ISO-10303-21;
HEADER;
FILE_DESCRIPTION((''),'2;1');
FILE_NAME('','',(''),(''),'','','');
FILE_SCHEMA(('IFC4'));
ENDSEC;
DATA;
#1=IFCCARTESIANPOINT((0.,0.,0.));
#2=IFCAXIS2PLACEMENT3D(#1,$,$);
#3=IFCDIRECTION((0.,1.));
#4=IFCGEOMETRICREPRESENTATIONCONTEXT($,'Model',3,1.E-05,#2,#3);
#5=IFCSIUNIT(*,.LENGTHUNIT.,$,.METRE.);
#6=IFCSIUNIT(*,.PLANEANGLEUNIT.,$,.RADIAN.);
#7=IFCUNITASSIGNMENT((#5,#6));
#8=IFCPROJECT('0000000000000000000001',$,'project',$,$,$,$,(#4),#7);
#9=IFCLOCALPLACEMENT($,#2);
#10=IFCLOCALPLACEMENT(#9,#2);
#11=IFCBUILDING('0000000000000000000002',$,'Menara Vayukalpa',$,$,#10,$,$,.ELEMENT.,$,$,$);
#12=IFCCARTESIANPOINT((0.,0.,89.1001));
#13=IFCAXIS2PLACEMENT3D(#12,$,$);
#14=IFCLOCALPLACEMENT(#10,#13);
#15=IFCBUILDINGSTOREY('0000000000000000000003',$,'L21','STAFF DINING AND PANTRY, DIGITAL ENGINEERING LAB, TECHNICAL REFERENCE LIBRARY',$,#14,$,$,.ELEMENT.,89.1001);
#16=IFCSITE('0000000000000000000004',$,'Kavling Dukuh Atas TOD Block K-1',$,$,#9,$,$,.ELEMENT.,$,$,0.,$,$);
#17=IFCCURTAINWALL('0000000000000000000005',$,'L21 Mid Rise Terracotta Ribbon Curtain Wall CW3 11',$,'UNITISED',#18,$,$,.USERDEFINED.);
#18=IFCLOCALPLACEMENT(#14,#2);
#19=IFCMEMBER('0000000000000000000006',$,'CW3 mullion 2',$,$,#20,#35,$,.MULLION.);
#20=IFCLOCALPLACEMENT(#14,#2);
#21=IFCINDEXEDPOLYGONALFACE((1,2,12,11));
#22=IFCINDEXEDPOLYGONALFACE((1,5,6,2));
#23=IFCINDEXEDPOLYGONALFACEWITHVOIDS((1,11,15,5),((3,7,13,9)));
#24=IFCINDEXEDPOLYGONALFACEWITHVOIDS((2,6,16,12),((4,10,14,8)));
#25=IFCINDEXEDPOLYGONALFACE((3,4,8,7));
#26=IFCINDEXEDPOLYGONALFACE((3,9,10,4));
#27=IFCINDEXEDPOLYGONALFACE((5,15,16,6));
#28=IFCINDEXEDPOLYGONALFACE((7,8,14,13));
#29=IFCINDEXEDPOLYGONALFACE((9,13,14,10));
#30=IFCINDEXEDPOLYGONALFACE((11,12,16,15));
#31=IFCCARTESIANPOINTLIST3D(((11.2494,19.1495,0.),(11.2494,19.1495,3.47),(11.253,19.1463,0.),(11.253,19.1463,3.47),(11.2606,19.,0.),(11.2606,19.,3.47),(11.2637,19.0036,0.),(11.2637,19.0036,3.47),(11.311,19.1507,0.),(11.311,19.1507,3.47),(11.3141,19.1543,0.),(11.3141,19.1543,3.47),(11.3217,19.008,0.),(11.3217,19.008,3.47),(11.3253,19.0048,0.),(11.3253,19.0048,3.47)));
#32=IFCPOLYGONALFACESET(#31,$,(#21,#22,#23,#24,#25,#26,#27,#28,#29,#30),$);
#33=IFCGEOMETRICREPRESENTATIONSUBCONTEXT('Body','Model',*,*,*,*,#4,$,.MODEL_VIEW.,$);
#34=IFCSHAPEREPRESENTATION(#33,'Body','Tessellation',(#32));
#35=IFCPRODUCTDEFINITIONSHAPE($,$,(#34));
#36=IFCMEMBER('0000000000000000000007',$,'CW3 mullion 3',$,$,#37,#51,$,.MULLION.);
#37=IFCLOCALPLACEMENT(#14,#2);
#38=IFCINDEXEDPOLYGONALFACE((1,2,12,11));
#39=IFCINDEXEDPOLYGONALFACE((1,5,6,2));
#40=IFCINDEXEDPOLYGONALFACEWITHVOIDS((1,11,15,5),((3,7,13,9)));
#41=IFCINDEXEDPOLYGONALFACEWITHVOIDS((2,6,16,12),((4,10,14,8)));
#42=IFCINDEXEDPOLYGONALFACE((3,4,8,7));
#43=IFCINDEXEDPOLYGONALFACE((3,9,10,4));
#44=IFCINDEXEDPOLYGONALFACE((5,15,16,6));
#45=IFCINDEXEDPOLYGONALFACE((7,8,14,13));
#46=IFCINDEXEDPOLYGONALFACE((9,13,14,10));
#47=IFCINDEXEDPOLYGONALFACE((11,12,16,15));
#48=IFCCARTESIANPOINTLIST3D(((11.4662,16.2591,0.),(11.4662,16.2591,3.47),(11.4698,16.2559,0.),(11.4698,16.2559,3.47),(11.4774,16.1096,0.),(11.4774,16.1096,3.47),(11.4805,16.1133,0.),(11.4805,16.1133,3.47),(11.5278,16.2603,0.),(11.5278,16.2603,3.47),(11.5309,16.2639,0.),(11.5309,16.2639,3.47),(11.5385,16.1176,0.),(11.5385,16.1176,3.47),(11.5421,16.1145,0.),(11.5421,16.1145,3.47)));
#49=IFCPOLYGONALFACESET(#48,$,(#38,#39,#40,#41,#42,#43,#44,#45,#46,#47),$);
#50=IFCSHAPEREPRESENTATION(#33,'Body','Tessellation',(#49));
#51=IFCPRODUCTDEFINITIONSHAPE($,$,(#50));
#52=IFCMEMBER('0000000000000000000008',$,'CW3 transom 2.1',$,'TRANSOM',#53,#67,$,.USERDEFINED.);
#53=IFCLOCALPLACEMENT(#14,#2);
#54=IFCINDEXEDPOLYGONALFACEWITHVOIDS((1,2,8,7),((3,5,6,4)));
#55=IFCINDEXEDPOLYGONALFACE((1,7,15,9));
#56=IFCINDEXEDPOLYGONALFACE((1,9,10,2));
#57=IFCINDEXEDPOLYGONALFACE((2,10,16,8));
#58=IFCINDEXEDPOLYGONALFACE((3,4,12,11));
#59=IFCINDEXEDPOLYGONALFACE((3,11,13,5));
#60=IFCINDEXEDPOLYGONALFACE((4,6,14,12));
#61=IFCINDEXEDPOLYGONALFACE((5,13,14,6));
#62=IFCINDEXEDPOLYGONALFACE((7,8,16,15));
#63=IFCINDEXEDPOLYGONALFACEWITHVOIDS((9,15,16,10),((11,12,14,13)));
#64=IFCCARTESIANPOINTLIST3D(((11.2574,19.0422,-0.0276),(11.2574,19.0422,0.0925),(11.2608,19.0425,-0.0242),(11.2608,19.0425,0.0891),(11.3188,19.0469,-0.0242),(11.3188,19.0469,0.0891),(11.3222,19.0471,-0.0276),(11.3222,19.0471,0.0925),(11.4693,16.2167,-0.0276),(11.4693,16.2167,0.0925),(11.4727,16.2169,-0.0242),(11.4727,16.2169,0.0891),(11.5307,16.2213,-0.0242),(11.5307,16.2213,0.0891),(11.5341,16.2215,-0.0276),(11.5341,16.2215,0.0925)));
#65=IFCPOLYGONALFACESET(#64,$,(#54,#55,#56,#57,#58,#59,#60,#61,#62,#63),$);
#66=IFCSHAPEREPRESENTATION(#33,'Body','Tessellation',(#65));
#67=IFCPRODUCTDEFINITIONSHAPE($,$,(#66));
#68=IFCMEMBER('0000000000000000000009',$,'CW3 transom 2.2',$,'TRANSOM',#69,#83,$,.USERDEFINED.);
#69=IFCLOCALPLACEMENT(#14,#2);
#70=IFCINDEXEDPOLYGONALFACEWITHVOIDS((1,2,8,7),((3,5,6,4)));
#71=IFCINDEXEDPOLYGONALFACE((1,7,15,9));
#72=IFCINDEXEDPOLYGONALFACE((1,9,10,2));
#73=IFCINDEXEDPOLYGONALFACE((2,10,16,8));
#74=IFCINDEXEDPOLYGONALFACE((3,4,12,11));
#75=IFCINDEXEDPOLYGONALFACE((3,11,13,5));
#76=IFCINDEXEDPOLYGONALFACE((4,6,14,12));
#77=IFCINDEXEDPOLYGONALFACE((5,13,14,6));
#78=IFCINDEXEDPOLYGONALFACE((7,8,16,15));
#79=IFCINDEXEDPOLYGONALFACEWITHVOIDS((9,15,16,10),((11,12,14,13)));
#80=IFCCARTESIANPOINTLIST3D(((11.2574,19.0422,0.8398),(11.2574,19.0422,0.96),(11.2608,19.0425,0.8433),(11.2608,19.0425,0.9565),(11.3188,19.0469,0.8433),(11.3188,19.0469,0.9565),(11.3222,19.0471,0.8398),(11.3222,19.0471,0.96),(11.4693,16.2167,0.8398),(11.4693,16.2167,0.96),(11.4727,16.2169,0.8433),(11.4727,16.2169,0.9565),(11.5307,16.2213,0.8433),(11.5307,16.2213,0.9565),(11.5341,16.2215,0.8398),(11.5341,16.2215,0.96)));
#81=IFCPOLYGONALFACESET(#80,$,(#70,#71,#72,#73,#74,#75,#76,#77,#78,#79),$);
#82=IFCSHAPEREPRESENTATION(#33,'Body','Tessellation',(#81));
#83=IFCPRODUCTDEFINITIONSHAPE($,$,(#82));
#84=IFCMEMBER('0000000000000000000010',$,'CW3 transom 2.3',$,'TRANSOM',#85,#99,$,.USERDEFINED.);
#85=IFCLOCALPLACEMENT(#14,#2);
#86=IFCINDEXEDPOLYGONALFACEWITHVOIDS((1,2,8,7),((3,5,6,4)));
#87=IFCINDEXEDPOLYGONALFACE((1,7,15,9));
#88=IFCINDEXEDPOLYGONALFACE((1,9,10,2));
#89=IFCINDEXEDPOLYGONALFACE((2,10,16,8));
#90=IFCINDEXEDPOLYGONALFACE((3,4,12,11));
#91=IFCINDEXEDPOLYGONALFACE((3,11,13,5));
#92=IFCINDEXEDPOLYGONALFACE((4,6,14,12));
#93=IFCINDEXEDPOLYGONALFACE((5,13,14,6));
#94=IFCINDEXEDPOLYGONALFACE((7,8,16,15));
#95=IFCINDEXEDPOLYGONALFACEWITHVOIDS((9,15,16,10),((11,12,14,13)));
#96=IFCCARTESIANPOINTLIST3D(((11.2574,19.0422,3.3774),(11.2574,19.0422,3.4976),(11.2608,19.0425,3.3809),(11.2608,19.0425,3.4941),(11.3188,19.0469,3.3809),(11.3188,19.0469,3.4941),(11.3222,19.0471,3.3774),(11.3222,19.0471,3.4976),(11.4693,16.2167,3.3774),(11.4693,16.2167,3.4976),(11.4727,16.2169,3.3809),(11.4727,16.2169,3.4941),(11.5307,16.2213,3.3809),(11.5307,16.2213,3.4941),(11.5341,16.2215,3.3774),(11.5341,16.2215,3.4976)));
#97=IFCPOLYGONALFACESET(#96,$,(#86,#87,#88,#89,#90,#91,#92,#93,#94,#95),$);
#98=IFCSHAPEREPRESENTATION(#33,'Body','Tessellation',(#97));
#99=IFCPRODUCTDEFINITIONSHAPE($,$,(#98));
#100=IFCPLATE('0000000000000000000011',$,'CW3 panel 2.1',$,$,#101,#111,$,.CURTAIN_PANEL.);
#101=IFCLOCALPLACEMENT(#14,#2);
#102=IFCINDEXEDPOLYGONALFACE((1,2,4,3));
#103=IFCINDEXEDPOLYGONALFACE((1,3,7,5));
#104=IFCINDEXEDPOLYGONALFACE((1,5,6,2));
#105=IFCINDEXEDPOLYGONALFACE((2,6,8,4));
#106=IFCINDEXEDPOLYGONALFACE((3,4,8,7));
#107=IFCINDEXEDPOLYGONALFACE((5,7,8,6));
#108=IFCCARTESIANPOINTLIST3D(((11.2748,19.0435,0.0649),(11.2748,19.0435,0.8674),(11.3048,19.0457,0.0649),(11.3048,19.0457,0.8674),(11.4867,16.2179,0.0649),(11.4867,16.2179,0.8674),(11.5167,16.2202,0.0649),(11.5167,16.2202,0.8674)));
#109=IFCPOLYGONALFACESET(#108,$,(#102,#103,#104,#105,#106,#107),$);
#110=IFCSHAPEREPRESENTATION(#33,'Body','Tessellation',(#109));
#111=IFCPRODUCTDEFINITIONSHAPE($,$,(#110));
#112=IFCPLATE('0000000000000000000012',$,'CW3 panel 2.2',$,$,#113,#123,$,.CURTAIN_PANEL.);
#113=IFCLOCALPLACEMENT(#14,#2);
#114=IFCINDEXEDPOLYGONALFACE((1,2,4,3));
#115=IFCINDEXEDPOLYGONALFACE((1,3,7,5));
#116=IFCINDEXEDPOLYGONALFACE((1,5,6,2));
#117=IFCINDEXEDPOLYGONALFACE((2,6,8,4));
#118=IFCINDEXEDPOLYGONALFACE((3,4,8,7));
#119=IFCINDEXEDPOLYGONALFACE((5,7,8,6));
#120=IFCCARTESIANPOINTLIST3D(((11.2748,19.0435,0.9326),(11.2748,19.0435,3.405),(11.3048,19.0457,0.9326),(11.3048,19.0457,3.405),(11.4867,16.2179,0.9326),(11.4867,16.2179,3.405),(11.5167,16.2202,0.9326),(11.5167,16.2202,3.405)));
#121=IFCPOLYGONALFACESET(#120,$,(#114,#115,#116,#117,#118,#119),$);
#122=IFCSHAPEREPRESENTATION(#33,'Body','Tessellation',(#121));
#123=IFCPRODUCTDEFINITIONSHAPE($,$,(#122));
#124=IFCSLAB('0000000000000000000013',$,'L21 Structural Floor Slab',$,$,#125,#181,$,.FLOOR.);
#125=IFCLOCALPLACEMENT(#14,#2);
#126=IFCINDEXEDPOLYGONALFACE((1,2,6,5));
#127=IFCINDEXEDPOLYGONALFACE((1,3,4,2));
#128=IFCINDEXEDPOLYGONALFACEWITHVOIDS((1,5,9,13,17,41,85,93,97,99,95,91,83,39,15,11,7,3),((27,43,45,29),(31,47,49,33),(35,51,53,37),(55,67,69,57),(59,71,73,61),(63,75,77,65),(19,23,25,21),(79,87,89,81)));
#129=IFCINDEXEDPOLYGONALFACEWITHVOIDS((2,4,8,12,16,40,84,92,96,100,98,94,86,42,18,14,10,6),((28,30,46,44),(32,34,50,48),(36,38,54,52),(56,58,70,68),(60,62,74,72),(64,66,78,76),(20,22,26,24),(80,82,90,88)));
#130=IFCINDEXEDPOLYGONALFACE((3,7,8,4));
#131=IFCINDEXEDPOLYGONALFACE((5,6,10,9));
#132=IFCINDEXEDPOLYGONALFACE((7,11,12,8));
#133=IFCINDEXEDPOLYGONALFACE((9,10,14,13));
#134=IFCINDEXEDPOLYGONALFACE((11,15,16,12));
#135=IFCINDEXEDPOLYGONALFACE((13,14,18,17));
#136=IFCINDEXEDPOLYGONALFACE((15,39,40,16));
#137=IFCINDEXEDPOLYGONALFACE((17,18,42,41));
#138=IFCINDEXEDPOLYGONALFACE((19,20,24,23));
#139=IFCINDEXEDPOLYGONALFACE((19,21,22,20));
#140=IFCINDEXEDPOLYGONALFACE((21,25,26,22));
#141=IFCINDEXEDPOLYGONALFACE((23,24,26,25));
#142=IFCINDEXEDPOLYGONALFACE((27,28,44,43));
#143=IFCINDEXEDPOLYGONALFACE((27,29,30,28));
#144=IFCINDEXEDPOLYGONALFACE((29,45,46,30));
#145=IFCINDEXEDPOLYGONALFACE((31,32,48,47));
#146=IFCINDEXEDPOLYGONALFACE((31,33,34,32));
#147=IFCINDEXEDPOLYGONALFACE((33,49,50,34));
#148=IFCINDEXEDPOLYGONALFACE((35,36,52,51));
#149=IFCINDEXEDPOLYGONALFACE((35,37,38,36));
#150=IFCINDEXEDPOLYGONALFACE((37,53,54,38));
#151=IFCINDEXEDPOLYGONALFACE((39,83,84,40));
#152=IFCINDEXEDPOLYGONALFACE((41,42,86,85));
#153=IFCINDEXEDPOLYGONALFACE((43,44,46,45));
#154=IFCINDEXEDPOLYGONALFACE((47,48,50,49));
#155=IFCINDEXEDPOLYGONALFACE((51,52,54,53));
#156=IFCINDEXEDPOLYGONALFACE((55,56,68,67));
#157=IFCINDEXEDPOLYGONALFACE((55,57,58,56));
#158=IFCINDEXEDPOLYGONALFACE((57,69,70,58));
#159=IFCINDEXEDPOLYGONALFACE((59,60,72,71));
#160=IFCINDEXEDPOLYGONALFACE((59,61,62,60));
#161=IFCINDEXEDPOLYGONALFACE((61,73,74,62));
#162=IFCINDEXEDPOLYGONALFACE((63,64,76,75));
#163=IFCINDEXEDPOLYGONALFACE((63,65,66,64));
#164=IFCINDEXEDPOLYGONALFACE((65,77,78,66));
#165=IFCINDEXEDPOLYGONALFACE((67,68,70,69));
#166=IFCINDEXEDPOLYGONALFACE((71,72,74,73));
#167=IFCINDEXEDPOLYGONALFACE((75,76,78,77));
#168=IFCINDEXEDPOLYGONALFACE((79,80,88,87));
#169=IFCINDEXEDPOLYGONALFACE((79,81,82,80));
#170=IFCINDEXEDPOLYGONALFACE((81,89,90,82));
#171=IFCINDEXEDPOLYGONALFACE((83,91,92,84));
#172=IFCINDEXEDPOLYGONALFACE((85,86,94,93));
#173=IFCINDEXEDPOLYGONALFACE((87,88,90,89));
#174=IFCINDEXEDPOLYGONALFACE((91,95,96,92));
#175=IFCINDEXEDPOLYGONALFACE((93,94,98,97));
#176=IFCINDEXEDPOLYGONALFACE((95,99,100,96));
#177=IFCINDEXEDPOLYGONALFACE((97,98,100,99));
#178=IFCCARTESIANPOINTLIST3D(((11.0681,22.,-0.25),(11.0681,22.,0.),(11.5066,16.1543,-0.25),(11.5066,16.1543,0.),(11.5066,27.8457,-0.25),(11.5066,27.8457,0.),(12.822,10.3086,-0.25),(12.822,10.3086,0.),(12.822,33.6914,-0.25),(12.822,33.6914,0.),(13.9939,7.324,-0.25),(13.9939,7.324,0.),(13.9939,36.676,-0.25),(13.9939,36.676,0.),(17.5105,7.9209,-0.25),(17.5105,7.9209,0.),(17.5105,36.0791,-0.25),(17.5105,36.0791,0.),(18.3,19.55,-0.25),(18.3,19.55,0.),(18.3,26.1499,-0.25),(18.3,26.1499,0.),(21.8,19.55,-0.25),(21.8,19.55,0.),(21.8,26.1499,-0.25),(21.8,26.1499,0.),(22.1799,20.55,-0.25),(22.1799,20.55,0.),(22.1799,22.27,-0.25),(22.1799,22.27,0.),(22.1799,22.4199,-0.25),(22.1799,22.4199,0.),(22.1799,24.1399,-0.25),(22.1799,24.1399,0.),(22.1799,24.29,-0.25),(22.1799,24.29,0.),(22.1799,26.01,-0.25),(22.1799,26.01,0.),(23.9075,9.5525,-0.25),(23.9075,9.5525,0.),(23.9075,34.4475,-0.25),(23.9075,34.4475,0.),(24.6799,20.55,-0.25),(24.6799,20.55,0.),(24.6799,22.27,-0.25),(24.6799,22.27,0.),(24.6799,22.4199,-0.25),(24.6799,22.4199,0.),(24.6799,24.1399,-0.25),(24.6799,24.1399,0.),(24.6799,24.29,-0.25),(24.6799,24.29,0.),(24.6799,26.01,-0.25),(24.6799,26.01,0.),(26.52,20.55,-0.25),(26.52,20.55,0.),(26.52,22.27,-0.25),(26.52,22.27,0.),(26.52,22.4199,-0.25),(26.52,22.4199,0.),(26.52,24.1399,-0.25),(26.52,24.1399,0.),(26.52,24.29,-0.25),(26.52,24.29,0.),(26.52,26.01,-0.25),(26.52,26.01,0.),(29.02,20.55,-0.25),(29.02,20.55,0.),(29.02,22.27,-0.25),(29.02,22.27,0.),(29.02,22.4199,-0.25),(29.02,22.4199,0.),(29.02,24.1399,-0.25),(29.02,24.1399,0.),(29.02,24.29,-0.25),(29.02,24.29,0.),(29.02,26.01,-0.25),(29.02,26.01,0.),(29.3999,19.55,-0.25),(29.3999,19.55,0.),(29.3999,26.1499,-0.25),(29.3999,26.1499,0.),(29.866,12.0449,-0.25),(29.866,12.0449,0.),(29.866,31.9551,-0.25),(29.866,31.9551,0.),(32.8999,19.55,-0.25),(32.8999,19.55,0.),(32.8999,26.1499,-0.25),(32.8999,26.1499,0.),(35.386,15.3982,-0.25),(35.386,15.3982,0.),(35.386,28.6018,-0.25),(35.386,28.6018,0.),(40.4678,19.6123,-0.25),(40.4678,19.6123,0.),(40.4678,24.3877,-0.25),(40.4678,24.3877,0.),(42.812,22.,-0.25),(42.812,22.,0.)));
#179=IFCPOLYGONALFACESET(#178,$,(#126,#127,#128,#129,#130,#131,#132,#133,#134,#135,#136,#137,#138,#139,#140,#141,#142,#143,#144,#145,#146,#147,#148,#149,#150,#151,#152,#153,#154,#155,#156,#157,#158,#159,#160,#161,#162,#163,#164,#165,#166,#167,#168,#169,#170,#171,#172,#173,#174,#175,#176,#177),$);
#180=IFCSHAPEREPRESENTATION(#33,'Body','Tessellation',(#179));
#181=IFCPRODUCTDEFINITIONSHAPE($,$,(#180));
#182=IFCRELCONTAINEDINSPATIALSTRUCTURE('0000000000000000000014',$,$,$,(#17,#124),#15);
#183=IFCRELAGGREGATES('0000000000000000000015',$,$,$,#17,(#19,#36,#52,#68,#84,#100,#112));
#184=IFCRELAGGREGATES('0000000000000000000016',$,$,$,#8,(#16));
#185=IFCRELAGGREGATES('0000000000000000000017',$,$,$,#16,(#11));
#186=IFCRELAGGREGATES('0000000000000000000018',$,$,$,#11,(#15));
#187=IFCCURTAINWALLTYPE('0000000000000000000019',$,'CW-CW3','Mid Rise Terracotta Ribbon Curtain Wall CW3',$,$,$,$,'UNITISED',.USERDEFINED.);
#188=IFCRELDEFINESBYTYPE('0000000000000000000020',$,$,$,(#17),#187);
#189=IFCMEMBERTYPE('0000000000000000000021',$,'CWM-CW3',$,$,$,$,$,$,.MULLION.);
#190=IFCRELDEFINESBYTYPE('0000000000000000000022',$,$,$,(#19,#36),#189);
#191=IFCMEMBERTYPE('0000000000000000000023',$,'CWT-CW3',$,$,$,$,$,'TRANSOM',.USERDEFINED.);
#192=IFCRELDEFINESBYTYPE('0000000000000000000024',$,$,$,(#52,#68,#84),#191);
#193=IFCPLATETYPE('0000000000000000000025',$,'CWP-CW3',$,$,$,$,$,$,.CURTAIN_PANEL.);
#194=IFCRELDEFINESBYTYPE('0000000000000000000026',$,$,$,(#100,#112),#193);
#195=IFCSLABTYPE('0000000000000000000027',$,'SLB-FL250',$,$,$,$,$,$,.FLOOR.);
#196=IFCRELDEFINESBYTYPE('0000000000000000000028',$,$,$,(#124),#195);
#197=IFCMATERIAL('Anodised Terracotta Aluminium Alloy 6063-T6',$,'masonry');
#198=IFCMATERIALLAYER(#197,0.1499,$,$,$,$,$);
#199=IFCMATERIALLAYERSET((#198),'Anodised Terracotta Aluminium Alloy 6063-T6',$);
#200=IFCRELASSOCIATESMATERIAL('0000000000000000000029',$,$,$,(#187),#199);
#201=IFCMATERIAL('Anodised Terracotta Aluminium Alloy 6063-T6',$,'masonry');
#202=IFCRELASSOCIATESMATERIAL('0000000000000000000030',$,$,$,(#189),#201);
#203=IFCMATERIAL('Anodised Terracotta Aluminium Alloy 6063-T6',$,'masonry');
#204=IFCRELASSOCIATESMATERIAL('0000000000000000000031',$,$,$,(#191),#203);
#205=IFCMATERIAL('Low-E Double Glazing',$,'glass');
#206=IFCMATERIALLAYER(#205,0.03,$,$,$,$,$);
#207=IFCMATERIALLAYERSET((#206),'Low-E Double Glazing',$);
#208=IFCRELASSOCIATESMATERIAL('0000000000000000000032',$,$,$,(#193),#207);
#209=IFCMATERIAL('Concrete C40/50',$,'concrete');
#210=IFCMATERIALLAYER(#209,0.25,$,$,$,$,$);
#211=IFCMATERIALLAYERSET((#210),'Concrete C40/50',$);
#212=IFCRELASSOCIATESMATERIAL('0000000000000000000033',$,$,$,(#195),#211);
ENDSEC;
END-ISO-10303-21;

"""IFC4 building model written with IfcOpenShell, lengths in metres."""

from ifc_helpers import new_model, si_unit, direction, frame, origin, origin_2d, place, context, subcontext, project, spatial, polyline, rectangle, hollow_rectangle, outline, extrude, material, layer, layer_set, material_profile, profile_set, type_object, element, aggregate, save


model = new_model("IFC4")

# Units and contexts
model_context = context("Model", 3, precision=1e-05, world=origin(), true_north=direction((0.0, 1.0)))
body_context = subcontext(model_context, "Body", "Model", "MODEL_VIEW")
ifc_project = project(units=[si_unit("LENGTHUNIT", "METRE"), si_unit("PLANEANGLEUNIT", "RADIAN")], contexts=[model_context])

# Site, building, storey
site_placement = place(None, origin())
site = spatial("IfcSite", under=ifc_project, at=site_placement, Name="Kavling Dukuh Atas TOD Block K-1", CompositionType="ELEMENT", RefElevation=0.0)
building_placement = place(site_placement, origin())
building = spatial("IfcBuilding", under=site, at=building_placement, Name="Menara Vayukalpa", CompositionType="ELEMENT")
storey_placement = place(building_placement, frame((0.0, 0.0, 89.1001)))
storey = spatial("IfcBuildingStorey", under=building, at=storey_placement, Name="L21", Description="STAFF DINING AND PANTRY, DIGITAL ENGINEERING LAB, TECHNICAL REFERENCE LIBRARY", CompositionType="ELEMENT", Elevation=89.1001)

# Curtain wall, members, plates
ifc_material_1 = material(Name="Anodised Terracotta Aluminium Alloy 6063-T6", Category="masonry")
ifc_layer_1 = layer(ifc_material_1, 0.1499)
ifc_layer_set_1 = layer_set([ifc_layer_1], Name="Anodised Terracotta Aluminium Alloy 6063-T6")
curtain_wall_type = type_object("IfcCurtainWallType", Name="CW-CW3", Description="Mid Rise Terracotta Ribbon Curtain Wall CW3", ElementType="UNITISED", PredefinedType="USERDEFINED", material=ifc_layer_set_1)
curtain_wall_placement = place(storey_placement, origin())
curtain_wall = element("IfcCurtainWall", 1, at=curtain_wall_placement, inside=storey, type_object=curtain_wall_type, Name="L21 Mid Rise Terracotta Ribbon Curtain Wall CW3 11", ObjectType="UNITISED", PredefinedType="USERDEFINED")
ifc_material_2 = material(Name="Anodised Terracotta Aluminium Alloy 6063-T6", Category="masonry")
ifc_material_profile_1 = material_profile(ifc_material_2, hollow_rectangle(XDim=0.0649, YDim=0.1499, WallThickness=0.0034, at=origin_2d()), Name="ALU 65x150x3.5")
ifc_profile_set_1 = profile_set([ifc_material_profile_1], Name="Anodised Terracotta Aluminium Alloy 6063-T6")
member_type_1 = type_object("IfcMemberType", Name="CWM-CW3", PredefinedType="MULLION", material=ifc_profile_set_1)
member_1_placement = place(storey_placement, frame((11.2874, 19.0771, 0.0), z_axis=(0.0, 0.0, 1.0), x_axis=(0.9972, 0.074785, 0.0)))
member_1 = element("IfcMember", 2, at=member_1_placement, type_object=member_type_1, Name="CW3 mullion 2", PredefinedType="MULLION", context=body_context, shape_type="SweptSolid", body=[
    extrude(hollow_rectangle(XDim=0.0649, YDim=0.1499, WallThickness=0.0034, at=origin_2d()), origin(), (0.0, 0.0, 1.0), 3.47),
])
member_2_placement = place(storey_placement, frame((11.5042, 16.1868, 0.0), z_axis=(0.0, 0.0, 1.0), x_axis=(0.9972, 0.074785, 0.0)))
member_2 = element("IfcMember", 3, at=member_2_placement, type_object=member_type_1, Name="CW3 mullion 3", PredefinedType="MULLION", context=body_context, shape_type="SweptSolid", body=[
    extrude(hollow_rectangle(XDim=0.0649, YDim=0.1499, WallThickness=0.0034, at=origin_2d()), origin(), (0.0, 0.0, 1.0), 3.47),
])
ifc_material_3 = material(Name="Anodised Terracotta Aluminium Alloy 6063-T6", Category="masonry")
ifc_material_profile_2 = material_profile(ifc_material_3, hollow_rectangle(XDim=0.0649, YDim=0.1201, WallThickness=0.0034, at=origin_2d()), Name="ALU 65x120x3.5")
ifc_profile_set_2 = profile_set([ifc_material_profile_2], Name="Anodised Terracotta Aluminium Alloy 6063-T6")
member_type_2 = type_object("IfcMemberType", Name="CWT-CW3", ElementType="TRANSOM", PredefinedType="USERDEFINED", material=ifc_profile_set_2)
member_3_placement = place(storey_placement, frame((11.2898, 19.0447, 0.0325), z_axis=(0.074792, -0.997199, 0.0), x_axis=(0.997199, 0.074792, 0.0)))
member_3 = element("IfcMember", 4, at=member_3_placement, type_object=member_type_2, Name="CW3 transom 2.1", ObjectType="TRANSOM", PredefinedType="USERDEFINED", context=body_context, shape_type="SweptSolid", body=[
    extrude(hollow_rectangle(XDim=0.0649, YDim=0.1201, WallThickness=0.0034, at=origin_2d()), origin(), (0.0, 0.0, 1.0), 2.8335),
])
member_4_placement = place(storey_placement, frame((11.2898, 19.0447, 0.8999), z_axis=(0.074792, -0.997199, 0.0), x_axis=(0.997199, 0.074792, 0.0)))
member_4 = element("IfcMember", 5, at=member_4_placement, type_object=member_type_2, Name="CW3 transom 2.2", ObjectType="TRANSOM", PredefinedType="USERDEFINED", context=body_context, shape_type="SweptSolid", body=[
    extrude(hollow_rectangle(XDim=0.0649, YDim=0.1201, WallThickness=0.0034, at=origin_2d()), origin(), (0.0, 0.0, 1.0), 2.8335),
])
member_5_placement = place(storey_placement, frame((11.2898, 19.0447, 3.4375), z_axis=(0.074792, -0.997199, 0.0), x_axis=(0.997199, 0.074792, 0.0)))
member_5 = element("IfcMember", 6, at=member_5_placement, type_object=member_type_2, Name="CW3 transom 2.3", ObjectType="TRANSOM", PredefinedType="USERDEFINED", context=body_context, shape_type="SweptSolid", body=[
    extrude(hollow_rectangle(XDim=0.0649, YDim=0.1201, WallThickness=0.0034, at=origin_2d()), origin(), (0.0, 0.0, 1.0), 2.8335),
])
ifc_material_4 = material(Name="Low-E Double Glazing", Category="glass")
ifc_layer_2 = layer(ifc_material_4, 0.03)
ifc_layer_set_2 = layer_set([ifc_layer_2], Name="Low-E Double Glazing")
plate_type = type_object("IfcPlateType", Name="CWP-CW3", PredefinedType="CURTAIN_PANEL", material=ifc_layer_set_2)
plate_1_placement = place(storey_placement, frame((11.3958, 17.6318, 0.0649), z_axis=(0.0, 0.0, 1.0), x_axis=(0.074785, -0.9972, 0.0)))
plate_1 = element("IfcPlate", 7, at=plate_1_placement, type_object=plate_type, Name="CW3 panel 2.1", PredefinedType="CURTAIN_PANEL", context=body_context, shape_type="SweptSolid", body=[
    extrude(rectangle(XDim=2.8335, YDim=0.03, at=origin_2d()), origin(), (0.0, 0.0, 1.0), 0.8025),
])
plate_2_placement = place(storey_placement, frame((11.3958, 17.6318, 0.9326), z_axis=(0.0, 0.0, 1.0), x_axis=(0.074785, -0.9972, 0.0)))
plate_2 = element("IfcPlate", 8, at=plate_2_placement, type_object=plate_type, Name="CW3 panel 2.2", PredefinedType="CURTAIN_PANEL", context=body_context, shape_type="SweptSolid", body=[
    extrude(rectangle(XDim=2.8335, YDim=0.03, at=origin_2d()), origin(), (0.0, 0.0, 1.0), 2.4724),
])
aggregate(curtain_wall, [member_1, member_2, member_3, member_4, member_5, plate_1, plate_2])

# Slab
ifc_material_5 = material(Name="Concrete C40/50", Category="concrete")
ifc_layer_3 = layer(ifc_material_5, 0.25)
ifc_layer_set_3 = layer_set([ifc_layer_3], Name="Concrete C40/50")
slab_type_1 = type_object("IfcSlabType", Name="SLB-FL250", PredefinedType="FLOOR", material=ifc_layer_set_3)
slab_1_placement = place(storey_placement, frame((0.0, 0.0, -0.25)))
element("IfcSlab", 9, at=slab_1_placement, inside=storey, type_object=slab_type_1, Name="L21 Structural Floor Slab", PredefinedType="FLOOR", context=body_context, shape_type="SweptSolid", body=[
    extrude(outline(polyline([(40.4678, 19.6123), (42.812, 22.0), (40.4678, 24.3877), (35.386, 28.6018), (29.866, 31.9551), (23.9075, 34.4475), (17.5105, 36.0791), (13.9939, 36.676), (12.822, 33.6914), (11.5066, 27.8457), (11.0681, 22.0), (11.5066, 16.1543), (12.822, 10.3086), (13.9939, 7.324), (17.5105, 7.9209), (23.9075, 9.5525), (29.866, 12.0449), (35.386, 15.3982), (40.4678, 19.6123)]), holes=[polyline([(21.8, 19.55), (21.8, 26.1499), (18.3, 26.1499), (18.3, 19.55), (21.8, 19.55)]), polyline([(32.8999, 19.55), (32.8999, 26.1499), (29.3999, 26.1499), (29.3999, 19.55), (32.8999, 19.55)]), polyline([(22.1799, 20.55), (24.6799, 20.55), (24.6799, 22.27), (22.1799, 22.27), (22.1799, 20.55)]), polyline([(26.52, 20.55), (29.02, 20.55), (29.02, 22.27), (26.52, 22.27), (26.52, 20.55)]), polyline([(22.1799, 22.4199), (24.6799, 22.4199), (24.6799, 24.1399), (22.1799, 24.1399), (22.1799, 22.4199)]), polyline([(22.1799, 24.29), (24.6799, 24.29), (24.6799, 26.01), (22.1799, 26.01), (22.1799, 24.29)]), polyline([(26.52, 24.29), (29.02, 24.29), (29.02, 26.01), (26.52, 26.01), (26.52, 24.29)]), polyline([(26.52, 22.4199), (29.02, 22.4199), (29.02, 24.1399), (26.52, 24.1399), (26.52, 22.4199)])]), origin(), (0.0, 0.0, 1.0), 0.25),
])

save(model, "model.ifc")
